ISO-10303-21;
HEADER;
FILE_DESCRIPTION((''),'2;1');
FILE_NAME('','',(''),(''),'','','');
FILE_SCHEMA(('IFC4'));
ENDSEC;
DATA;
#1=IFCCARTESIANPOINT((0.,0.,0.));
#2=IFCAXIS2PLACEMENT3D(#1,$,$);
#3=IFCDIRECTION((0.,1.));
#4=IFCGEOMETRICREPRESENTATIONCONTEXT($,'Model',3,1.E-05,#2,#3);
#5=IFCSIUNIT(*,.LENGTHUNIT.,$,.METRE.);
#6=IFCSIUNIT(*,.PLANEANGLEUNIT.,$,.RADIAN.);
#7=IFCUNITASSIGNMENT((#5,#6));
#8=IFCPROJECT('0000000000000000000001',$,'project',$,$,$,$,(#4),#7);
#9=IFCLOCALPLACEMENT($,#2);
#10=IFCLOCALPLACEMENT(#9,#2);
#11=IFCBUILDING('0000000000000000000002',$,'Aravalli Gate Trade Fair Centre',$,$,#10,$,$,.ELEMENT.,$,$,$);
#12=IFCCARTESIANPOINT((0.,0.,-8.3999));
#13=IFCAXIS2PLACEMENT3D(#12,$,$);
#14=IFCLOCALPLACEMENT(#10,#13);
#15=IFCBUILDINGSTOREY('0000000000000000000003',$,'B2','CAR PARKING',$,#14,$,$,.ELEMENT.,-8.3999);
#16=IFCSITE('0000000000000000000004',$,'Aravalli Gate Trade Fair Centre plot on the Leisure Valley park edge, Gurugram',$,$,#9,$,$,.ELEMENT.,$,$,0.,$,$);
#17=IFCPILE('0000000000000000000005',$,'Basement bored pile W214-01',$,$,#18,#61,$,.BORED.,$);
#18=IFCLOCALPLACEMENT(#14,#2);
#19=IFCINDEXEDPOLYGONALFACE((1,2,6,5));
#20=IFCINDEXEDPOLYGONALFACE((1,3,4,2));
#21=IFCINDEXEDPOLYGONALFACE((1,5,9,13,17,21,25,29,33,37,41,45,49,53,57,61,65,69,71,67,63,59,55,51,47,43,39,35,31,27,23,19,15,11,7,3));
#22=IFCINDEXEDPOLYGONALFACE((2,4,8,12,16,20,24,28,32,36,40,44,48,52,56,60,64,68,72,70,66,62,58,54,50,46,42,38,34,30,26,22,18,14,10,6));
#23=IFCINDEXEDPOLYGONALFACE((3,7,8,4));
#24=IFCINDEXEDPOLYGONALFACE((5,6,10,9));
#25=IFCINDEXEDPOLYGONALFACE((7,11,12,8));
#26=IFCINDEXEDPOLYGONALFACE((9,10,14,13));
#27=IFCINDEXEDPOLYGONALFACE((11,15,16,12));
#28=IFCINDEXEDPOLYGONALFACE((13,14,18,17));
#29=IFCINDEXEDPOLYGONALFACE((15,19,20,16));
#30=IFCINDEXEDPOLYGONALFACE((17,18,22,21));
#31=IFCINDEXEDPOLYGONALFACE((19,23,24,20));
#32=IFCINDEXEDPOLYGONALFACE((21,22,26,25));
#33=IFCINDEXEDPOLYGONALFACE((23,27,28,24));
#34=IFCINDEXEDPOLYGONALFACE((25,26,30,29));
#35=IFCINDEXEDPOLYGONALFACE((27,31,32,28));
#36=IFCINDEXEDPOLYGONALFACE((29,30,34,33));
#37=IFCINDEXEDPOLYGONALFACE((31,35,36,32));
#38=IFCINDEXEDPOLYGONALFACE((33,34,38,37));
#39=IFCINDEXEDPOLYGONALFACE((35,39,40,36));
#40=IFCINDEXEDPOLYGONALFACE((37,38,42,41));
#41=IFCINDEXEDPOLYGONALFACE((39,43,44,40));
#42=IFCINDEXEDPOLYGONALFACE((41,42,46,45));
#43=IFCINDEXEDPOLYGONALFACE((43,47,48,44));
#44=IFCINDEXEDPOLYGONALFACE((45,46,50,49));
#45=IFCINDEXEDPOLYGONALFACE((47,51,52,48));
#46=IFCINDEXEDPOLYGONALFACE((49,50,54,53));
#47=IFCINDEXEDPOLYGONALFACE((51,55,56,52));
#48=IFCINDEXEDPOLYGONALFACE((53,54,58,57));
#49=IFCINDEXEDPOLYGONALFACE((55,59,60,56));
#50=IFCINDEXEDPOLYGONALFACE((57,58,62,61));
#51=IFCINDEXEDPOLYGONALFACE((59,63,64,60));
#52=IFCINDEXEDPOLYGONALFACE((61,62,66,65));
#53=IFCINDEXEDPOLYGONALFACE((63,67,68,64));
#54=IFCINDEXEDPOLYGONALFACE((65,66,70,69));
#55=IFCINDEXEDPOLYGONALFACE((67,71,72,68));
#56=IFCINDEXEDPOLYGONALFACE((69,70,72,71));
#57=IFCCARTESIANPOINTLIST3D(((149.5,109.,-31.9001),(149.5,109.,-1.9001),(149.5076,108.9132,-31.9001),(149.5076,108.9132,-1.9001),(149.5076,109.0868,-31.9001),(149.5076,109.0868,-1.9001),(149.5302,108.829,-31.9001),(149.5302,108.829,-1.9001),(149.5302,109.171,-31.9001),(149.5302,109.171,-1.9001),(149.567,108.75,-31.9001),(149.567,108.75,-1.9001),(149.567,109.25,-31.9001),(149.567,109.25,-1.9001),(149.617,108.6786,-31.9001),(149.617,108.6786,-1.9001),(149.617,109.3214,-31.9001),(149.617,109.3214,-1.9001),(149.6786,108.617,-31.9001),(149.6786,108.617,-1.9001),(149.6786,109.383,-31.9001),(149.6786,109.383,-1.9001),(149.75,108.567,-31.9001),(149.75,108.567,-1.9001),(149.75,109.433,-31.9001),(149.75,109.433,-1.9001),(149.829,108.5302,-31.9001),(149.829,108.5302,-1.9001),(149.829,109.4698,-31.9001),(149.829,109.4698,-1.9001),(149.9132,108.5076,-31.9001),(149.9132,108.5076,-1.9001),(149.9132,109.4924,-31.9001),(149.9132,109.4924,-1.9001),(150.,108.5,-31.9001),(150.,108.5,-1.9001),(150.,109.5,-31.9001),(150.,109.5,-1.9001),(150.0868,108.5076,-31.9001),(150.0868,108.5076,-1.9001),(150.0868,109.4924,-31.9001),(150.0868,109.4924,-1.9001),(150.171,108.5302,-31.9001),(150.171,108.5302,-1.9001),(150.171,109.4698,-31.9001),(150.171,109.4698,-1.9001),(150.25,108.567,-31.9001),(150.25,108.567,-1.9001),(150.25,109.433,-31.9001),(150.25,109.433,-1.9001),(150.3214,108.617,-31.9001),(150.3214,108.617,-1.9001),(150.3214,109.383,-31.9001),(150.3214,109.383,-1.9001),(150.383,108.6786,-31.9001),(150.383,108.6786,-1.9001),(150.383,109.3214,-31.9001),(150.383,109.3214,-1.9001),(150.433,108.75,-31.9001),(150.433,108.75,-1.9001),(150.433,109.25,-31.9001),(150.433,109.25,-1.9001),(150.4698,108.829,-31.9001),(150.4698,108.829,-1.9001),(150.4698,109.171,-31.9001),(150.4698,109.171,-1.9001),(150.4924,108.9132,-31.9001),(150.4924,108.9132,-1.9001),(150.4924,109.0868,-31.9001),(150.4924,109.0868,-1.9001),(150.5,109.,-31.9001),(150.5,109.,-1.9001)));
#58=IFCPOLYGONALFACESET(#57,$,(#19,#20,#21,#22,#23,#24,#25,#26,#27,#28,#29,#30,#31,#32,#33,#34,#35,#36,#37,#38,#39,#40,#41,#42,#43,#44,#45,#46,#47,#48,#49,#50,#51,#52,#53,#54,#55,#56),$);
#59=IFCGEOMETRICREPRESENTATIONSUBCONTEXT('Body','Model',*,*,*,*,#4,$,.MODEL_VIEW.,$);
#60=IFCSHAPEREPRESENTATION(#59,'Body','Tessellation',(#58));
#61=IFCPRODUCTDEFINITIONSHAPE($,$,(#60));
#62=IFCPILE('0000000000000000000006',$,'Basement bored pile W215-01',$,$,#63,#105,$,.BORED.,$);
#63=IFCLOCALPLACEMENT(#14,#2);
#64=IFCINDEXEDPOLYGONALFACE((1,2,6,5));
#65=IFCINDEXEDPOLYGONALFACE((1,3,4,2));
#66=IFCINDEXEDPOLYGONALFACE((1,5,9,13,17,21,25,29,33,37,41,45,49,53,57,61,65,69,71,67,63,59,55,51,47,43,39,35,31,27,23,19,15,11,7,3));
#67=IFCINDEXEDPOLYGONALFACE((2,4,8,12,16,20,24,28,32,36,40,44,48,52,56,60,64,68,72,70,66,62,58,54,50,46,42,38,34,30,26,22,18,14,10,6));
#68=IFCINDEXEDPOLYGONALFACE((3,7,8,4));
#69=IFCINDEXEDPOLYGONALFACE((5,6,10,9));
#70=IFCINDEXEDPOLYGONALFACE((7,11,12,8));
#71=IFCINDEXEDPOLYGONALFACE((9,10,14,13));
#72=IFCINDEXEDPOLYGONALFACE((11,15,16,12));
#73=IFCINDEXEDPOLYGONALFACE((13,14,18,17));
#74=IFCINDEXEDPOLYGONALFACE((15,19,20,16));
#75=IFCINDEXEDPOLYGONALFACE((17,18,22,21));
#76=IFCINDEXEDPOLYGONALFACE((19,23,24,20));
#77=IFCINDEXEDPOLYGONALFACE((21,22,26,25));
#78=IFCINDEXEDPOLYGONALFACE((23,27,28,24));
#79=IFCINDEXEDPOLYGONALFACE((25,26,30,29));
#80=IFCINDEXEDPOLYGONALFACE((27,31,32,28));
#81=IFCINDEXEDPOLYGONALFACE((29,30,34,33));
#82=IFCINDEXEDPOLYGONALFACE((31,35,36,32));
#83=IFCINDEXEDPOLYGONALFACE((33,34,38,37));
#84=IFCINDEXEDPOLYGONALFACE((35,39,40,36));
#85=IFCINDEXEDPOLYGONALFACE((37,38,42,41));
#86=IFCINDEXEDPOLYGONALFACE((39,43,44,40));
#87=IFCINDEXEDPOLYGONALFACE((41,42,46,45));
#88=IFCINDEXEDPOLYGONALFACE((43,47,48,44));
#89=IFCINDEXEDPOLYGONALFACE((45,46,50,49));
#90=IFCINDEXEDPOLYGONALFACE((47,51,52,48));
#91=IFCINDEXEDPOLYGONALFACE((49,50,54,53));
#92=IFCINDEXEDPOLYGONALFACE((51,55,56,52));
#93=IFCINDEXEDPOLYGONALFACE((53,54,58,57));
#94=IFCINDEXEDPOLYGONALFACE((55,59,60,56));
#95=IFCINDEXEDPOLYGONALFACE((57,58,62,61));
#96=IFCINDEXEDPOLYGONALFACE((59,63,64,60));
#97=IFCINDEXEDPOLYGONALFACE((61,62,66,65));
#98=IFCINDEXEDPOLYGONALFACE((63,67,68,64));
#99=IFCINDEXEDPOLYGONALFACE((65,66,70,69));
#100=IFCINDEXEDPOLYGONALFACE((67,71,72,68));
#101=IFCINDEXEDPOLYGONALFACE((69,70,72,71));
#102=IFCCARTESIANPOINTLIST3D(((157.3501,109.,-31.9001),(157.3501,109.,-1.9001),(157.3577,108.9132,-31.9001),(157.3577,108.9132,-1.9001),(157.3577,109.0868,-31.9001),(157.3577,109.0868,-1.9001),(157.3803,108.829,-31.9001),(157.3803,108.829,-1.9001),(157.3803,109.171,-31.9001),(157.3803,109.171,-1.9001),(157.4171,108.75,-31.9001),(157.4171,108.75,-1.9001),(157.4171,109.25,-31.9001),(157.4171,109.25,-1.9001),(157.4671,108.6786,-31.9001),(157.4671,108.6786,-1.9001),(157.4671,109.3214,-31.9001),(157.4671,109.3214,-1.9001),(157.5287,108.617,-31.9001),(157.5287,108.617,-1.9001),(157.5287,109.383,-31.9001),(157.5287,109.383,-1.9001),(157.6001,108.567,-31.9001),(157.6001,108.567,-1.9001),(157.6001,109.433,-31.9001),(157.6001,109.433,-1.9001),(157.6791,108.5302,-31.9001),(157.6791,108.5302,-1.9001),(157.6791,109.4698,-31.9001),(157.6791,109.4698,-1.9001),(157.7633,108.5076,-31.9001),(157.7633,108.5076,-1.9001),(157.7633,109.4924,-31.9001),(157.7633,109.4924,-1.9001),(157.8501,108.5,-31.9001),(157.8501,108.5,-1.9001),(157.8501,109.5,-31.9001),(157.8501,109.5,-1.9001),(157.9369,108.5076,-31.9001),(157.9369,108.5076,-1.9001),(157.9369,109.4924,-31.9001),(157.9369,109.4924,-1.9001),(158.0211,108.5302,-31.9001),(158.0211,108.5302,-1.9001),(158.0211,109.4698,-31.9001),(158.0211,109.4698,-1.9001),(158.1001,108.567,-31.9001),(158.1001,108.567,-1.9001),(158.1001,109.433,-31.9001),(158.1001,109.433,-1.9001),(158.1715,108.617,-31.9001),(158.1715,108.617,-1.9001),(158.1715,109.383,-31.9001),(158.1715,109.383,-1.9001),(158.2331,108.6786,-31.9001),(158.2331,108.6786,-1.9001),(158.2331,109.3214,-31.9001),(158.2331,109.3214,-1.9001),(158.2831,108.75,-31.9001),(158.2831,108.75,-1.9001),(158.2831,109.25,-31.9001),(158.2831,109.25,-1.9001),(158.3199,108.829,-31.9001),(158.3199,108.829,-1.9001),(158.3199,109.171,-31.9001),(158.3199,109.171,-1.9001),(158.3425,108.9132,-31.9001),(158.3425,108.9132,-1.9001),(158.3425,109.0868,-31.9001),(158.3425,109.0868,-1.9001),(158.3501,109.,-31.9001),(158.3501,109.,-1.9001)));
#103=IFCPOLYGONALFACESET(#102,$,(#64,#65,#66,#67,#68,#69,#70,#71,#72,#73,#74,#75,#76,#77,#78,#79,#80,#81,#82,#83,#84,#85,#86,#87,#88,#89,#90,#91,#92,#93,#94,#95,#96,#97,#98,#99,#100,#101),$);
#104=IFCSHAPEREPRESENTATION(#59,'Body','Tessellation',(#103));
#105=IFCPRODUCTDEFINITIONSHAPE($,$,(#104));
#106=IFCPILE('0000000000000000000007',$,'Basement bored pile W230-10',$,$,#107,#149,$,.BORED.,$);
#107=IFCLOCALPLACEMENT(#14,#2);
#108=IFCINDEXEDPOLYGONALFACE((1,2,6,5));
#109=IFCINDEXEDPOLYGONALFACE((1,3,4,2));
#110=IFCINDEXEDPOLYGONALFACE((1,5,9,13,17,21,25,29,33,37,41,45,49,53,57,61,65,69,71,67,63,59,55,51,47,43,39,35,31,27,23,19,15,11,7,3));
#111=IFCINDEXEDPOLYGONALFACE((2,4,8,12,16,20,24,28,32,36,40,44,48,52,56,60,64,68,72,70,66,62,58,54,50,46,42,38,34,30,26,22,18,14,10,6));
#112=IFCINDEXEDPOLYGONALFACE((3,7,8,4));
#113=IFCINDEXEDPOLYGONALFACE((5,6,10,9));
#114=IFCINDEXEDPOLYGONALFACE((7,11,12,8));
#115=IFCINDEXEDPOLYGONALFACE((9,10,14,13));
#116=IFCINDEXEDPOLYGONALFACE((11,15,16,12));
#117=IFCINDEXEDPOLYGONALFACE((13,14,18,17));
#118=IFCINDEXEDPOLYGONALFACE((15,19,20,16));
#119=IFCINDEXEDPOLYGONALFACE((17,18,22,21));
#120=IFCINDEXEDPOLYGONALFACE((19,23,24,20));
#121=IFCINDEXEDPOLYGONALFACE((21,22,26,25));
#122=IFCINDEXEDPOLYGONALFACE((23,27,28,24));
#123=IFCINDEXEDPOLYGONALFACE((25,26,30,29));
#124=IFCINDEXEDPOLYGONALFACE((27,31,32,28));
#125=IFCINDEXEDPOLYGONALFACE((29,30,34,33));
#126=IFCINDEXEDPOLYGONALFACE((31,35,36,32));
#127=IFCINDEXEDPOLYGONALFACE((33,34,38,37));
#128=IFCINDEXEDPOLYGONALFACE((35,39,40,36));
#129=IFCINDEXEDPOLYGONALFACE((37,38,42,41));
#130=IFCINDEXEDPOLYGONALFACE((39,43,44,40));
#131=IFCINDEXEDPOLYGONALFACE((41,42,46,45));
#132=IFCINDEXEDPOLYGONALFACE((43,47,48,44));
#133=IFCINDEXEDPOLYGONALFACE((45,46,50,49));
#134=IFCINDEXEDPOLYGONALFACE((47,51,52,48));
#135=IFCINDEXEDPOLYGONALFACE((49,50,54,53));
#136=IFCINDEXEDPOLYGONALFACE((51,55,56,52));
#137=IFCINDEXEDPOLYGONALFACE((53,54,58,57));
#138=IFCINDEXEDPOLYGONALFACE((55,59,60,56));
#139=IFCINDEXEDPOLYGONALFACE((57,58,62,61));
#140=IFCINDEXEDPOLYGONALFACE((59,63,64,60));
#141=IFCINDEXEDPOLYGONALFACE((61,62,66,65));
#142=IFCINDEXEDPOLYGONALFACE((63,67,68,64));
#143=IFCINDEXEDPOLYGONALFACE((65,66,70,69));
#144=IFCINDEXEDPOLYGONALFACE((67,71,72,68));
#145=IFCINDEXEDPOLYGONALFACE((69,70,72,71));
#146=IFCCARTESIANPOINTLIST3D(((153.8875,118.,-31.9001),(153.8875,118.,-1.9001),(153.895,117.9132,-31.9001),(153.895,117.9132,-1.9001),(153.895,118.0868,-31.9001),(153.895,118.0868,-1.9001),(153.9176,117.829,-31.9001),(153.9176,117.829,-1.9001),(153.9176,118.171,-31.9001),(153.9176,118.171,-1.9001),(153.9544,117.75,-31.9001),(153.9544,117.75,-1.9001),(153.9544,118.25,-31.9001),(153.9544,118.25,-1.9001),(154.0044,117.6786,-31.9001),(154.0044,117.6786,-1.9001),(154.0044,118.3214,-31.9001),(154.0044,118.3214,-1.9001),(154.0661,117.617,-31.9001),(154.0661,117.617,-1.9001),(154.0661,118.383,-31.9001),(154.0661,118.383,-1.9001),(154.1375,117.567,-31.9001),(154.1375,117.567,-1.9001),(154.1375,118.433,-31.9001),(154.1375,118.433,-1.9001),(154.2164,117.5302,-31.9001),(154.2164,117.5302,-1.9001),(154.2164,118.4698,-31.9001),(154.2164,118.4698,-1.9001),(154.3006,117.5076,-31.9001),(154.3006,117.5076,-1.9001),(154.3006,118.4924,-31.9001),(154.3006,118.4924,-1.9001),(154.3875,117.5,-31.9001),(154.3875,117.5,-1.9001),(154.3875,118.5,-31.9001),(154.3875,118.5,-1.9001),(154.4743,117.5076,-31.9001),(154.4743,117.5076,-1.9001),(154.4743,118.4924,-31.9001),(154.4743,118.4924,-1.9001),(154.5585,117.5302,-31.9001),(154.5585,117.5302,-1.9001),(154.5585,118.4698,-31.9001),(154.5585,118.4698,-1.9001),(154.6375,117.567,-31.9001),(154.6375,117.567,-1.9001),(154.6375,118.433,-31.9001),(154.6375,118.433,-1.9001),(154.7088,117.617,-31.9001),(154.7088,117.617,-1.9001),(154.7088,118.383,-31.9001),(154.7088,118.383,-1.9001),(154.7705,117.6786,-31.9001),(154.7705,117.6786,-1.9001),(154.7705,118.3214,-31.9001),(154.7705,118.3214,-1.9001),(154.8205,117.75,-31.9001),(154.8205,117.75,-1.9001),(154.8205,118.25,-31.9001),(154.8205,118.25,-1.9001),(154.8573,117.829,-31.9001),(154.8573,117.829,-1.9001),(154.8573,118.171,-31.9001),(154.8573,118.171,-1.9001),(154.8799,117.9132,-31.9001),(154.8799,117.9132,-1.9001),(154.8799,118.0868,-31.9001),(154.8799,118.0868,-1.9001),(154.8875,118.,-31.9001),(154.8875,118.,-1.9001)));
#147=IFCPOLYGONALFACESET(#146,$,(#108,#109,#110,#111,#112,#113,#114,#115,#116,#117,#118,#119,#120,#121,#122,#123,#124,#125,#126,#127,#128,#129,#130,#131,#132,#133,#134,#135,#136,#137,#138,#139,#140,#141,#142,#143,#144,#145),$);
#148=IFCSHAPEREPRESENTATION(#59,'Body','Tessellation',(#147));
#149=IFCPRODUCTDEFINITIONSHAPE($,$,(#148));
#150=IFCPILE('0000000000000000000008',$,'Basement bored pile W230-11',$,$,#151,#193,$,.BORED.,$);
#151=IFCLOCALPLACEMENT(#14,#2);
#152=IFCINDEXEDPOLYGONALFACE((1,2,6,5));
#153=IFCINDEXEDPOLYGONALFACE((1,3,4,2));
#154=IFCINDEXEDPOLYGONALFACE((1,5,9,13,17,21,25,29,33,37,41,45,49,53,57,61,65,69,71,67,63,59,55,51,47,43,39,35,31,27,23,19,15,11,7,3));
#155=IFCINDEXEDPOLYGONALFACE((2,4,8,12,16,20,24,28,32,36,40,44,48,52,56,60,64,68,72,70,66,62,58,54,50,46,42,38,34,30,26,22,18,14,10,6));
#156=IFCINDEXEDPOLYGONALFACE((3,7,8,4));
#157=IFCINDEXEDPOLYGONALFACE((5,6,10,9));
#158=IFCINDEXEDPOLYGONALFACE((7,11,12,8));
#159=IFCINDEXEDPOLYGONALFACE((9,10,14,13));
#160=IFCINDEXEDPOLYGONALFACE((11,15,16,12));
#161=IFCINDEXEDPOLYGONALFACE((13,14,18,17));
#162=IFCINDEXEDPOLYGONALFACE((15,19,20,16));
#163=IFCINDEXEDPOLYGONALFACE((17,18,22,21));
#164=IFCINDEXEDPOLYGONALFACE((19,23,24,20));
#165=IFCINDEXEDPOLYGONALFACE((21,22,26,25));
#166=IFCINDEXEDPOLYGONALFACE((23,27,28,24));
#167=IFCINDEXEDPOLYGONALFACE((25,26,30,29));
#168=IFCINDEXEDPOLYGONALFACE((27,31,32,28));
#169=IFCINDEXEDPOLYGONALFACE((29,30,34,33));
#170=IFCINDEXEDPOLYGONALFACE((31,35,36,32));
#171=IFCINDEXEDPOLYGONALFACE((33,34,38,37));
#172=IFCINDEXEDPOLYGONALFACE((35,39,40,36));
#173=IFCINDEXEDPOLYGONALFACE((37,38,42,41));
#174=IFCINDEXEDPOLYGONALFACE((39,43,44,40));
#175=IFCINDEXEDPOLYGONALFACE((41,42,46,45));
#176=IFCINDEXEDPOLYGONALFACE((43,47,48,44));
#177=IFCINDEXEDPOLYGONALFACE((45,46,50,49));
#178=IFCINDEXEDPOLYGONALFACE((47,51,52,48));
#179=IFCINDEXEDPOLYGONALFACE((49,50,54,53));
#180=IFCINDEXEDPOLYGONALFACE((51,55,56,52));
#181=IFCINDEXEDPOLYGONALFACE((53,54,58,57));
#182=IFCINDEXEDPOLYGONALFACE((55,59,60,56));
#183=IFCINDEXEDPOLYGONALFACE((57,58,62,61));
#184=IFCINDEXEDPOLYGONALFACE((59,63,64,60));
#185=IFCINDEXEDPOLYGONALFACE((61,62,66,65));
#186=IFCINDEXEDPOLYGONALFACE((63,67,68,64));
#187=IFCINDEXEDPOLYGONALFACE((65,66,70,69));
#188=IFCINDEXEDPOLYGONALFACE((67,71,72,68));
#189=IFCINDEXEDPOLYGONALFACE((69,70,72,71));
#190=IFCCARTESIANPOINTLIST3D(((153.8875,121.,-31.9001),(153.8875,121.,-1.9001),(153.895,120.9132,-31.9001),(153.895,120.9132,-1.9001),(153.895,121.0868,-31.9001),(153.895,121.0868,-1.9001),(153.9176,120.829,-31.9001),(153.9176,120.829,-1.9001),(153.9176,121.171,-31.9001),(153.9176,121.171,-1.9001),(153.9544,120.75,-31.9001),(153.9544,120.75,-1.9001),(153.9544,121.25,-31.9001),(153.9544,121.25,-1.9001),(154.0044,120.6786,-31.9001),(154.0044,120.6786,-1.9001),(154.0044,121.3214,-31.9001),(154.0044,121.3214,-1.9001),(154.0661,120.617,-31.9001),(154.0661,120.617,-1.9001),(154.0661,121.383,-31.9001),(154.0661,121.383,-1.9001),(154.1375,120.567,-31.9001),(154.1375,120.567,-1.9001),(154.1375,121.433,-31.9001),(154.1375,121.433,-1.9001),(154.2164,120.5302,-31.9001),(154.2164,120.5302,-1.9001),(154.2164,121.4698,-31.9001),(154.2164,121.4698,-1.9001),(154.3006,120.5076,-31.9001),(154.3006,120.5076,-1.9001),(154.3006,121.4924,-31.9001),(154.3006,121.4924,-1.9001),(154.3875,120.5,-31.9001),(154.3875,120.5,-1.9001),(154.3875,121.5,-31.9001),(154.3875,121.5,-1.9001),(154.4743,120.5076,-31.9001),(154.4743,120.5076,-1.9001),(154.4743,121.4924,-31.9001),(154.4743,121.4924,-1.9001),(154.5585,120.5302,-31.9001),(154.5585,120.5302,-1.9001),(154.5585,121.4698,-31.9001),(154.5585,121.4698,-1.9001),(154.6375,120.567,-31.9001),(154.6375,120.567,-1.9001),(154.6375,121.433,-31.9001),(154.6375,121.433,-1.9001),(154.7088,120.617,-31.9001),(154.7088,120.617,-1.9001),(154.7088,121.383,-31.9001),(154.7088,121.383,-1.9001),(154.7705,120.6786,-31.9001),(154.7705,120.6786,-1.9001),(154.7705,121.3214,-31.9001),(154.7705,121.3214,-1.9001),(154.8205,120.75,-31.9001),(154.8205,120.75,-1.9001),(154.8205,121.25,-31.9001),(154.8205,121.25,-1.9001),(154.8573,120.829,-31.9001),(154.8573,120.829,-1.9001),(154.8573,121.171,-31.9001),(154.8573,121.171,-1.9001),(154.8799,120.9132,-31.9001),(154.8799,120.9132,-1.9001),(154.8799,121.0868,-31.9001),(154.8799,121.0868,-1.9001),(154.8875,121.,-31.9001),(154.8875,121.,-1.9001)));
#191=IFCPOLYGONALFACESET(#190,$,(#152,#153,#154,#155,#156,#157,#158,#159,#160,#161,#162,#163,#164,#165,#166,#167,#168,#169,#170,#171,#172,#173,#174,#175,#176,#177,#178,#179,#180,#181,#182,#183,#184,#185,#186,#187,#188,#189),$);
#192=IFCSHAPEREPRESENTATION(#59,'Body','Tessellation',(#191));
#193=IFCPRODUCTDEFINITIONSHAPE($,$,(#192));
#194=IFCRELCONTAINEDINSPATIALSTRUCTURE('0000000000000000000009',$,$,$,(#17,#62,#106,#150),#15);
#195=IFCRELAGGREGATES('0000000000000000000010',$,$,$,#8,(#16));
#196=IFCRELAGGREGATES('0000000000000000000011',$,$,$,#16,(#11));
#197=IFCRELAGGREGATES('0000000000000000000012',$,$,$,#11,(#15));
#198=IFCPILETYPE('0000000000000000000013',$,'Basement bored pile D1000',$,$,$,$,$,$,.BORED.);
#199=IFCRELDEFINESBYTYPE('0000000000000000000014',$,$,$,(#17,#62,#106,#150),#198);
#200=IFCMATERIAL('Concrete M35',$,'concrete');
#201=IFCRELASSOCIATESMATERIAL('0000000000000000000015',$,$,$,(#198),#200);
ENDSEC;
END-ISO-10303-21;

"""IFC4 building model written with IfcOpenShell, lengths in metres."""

from ifc_helpers import new_model, si_unit, direction, frame, origin, origin_2d, place, context, subcontext, project, spatial, circle, extrude, material, material_profile, profile_set, type_object, element, save


model = new_model("IFC4")

# Units and contexts
model_context = context("Model", 3, precision=1e-05, world=origin(), true_north=direction((0.0, 1.0)))
body_context = subcontext(model_context, "Body", "Model", "MODEL_VIEW")
ifc_project = project(units=[si_unit("LENGTHUNIT", "METRE"), si_unit("PLANEANGLEUNIT", "RADIAN")], contexts=[model_context])

# Site, building, storey
site_placement = place(None, origin())
site = spatial("IfcSite", under=ifc_project, at=site_placement, Name="Aravalli Gate Trade Fair Centre plot on the Leisure Valley park edge, Gurugram", CompositionType="ELEMENT", RefElevation=0.0)
building_placement = place(site_placement, origin())
building = spatial("IfcBuilding", under=site, at=building_placement, Name="Aravalli Gate Trade Fair Centre", CompositionType="ELEMENT")
storey_placement = place(building_placement, frame((0.0, 0.0, -8.3999)))
storey = spatial("IfcBuildingStorey", under=building, at=storey_placement, Name="B2", Description="CAR PARKING", CompositionType="ELEMENT", Elevation=-8.3999)

# Piles
ifc_material_1 = material(Name="Concrete M35", Category="concrete")
ifc_material_profile_1 = material_profile(ifc_material_1, circle(Radius=0.5, at=origin_2d()), Name="D1000")
ifc_profile_set_1 = profile_set([ifc_material_profile_1], Name="Concrete M35")
pile_type = type_object("IfcPileType", Name="Basement bored pile D1000", PredefinedType="BORED", material=ifc_profile_set_1)
for number, where, z_axis, x_axis, name in (
    (1, (150.0, 109.0, -1.9001), (0.0, 0.0, -1.0), (1.0, 0.0, 0.0), "Basement bored pile W214-01"),
    (2, (157.8501, 109.0, -1.9001), (0.0, 0.0, -1.0), (1.0, 0.0, 0.0), "Basement bored pile W215-01"),
    (3, (154.3875, 118.0, -1.9001), (0.0, 0.0, -1.0), (1.0, 0.0, 0.0), "Basement bored pile W230-10"),
    (4, (154.3875, 121.0, -1.9001), (0.0, 0.0, -1.0), (1.0, 0.0, 0.0), "Basement bored pile W230-11"),
):
    element("IfcPile", number, at=place(storey_placement, frame(where, z_axis=z_axis, x_axis=x_axis)), inside=storey, type_object=pile_type, Name=name, PredefinedType="BORED", context=body_context, shape_type="SweptSolid", body=[
        extrude(circle(Radius=0.5, at=origin_2d()), origin(), (0.0, 0.0, 1.0), 30.0),
    ])

save(model, "model.ifc")
